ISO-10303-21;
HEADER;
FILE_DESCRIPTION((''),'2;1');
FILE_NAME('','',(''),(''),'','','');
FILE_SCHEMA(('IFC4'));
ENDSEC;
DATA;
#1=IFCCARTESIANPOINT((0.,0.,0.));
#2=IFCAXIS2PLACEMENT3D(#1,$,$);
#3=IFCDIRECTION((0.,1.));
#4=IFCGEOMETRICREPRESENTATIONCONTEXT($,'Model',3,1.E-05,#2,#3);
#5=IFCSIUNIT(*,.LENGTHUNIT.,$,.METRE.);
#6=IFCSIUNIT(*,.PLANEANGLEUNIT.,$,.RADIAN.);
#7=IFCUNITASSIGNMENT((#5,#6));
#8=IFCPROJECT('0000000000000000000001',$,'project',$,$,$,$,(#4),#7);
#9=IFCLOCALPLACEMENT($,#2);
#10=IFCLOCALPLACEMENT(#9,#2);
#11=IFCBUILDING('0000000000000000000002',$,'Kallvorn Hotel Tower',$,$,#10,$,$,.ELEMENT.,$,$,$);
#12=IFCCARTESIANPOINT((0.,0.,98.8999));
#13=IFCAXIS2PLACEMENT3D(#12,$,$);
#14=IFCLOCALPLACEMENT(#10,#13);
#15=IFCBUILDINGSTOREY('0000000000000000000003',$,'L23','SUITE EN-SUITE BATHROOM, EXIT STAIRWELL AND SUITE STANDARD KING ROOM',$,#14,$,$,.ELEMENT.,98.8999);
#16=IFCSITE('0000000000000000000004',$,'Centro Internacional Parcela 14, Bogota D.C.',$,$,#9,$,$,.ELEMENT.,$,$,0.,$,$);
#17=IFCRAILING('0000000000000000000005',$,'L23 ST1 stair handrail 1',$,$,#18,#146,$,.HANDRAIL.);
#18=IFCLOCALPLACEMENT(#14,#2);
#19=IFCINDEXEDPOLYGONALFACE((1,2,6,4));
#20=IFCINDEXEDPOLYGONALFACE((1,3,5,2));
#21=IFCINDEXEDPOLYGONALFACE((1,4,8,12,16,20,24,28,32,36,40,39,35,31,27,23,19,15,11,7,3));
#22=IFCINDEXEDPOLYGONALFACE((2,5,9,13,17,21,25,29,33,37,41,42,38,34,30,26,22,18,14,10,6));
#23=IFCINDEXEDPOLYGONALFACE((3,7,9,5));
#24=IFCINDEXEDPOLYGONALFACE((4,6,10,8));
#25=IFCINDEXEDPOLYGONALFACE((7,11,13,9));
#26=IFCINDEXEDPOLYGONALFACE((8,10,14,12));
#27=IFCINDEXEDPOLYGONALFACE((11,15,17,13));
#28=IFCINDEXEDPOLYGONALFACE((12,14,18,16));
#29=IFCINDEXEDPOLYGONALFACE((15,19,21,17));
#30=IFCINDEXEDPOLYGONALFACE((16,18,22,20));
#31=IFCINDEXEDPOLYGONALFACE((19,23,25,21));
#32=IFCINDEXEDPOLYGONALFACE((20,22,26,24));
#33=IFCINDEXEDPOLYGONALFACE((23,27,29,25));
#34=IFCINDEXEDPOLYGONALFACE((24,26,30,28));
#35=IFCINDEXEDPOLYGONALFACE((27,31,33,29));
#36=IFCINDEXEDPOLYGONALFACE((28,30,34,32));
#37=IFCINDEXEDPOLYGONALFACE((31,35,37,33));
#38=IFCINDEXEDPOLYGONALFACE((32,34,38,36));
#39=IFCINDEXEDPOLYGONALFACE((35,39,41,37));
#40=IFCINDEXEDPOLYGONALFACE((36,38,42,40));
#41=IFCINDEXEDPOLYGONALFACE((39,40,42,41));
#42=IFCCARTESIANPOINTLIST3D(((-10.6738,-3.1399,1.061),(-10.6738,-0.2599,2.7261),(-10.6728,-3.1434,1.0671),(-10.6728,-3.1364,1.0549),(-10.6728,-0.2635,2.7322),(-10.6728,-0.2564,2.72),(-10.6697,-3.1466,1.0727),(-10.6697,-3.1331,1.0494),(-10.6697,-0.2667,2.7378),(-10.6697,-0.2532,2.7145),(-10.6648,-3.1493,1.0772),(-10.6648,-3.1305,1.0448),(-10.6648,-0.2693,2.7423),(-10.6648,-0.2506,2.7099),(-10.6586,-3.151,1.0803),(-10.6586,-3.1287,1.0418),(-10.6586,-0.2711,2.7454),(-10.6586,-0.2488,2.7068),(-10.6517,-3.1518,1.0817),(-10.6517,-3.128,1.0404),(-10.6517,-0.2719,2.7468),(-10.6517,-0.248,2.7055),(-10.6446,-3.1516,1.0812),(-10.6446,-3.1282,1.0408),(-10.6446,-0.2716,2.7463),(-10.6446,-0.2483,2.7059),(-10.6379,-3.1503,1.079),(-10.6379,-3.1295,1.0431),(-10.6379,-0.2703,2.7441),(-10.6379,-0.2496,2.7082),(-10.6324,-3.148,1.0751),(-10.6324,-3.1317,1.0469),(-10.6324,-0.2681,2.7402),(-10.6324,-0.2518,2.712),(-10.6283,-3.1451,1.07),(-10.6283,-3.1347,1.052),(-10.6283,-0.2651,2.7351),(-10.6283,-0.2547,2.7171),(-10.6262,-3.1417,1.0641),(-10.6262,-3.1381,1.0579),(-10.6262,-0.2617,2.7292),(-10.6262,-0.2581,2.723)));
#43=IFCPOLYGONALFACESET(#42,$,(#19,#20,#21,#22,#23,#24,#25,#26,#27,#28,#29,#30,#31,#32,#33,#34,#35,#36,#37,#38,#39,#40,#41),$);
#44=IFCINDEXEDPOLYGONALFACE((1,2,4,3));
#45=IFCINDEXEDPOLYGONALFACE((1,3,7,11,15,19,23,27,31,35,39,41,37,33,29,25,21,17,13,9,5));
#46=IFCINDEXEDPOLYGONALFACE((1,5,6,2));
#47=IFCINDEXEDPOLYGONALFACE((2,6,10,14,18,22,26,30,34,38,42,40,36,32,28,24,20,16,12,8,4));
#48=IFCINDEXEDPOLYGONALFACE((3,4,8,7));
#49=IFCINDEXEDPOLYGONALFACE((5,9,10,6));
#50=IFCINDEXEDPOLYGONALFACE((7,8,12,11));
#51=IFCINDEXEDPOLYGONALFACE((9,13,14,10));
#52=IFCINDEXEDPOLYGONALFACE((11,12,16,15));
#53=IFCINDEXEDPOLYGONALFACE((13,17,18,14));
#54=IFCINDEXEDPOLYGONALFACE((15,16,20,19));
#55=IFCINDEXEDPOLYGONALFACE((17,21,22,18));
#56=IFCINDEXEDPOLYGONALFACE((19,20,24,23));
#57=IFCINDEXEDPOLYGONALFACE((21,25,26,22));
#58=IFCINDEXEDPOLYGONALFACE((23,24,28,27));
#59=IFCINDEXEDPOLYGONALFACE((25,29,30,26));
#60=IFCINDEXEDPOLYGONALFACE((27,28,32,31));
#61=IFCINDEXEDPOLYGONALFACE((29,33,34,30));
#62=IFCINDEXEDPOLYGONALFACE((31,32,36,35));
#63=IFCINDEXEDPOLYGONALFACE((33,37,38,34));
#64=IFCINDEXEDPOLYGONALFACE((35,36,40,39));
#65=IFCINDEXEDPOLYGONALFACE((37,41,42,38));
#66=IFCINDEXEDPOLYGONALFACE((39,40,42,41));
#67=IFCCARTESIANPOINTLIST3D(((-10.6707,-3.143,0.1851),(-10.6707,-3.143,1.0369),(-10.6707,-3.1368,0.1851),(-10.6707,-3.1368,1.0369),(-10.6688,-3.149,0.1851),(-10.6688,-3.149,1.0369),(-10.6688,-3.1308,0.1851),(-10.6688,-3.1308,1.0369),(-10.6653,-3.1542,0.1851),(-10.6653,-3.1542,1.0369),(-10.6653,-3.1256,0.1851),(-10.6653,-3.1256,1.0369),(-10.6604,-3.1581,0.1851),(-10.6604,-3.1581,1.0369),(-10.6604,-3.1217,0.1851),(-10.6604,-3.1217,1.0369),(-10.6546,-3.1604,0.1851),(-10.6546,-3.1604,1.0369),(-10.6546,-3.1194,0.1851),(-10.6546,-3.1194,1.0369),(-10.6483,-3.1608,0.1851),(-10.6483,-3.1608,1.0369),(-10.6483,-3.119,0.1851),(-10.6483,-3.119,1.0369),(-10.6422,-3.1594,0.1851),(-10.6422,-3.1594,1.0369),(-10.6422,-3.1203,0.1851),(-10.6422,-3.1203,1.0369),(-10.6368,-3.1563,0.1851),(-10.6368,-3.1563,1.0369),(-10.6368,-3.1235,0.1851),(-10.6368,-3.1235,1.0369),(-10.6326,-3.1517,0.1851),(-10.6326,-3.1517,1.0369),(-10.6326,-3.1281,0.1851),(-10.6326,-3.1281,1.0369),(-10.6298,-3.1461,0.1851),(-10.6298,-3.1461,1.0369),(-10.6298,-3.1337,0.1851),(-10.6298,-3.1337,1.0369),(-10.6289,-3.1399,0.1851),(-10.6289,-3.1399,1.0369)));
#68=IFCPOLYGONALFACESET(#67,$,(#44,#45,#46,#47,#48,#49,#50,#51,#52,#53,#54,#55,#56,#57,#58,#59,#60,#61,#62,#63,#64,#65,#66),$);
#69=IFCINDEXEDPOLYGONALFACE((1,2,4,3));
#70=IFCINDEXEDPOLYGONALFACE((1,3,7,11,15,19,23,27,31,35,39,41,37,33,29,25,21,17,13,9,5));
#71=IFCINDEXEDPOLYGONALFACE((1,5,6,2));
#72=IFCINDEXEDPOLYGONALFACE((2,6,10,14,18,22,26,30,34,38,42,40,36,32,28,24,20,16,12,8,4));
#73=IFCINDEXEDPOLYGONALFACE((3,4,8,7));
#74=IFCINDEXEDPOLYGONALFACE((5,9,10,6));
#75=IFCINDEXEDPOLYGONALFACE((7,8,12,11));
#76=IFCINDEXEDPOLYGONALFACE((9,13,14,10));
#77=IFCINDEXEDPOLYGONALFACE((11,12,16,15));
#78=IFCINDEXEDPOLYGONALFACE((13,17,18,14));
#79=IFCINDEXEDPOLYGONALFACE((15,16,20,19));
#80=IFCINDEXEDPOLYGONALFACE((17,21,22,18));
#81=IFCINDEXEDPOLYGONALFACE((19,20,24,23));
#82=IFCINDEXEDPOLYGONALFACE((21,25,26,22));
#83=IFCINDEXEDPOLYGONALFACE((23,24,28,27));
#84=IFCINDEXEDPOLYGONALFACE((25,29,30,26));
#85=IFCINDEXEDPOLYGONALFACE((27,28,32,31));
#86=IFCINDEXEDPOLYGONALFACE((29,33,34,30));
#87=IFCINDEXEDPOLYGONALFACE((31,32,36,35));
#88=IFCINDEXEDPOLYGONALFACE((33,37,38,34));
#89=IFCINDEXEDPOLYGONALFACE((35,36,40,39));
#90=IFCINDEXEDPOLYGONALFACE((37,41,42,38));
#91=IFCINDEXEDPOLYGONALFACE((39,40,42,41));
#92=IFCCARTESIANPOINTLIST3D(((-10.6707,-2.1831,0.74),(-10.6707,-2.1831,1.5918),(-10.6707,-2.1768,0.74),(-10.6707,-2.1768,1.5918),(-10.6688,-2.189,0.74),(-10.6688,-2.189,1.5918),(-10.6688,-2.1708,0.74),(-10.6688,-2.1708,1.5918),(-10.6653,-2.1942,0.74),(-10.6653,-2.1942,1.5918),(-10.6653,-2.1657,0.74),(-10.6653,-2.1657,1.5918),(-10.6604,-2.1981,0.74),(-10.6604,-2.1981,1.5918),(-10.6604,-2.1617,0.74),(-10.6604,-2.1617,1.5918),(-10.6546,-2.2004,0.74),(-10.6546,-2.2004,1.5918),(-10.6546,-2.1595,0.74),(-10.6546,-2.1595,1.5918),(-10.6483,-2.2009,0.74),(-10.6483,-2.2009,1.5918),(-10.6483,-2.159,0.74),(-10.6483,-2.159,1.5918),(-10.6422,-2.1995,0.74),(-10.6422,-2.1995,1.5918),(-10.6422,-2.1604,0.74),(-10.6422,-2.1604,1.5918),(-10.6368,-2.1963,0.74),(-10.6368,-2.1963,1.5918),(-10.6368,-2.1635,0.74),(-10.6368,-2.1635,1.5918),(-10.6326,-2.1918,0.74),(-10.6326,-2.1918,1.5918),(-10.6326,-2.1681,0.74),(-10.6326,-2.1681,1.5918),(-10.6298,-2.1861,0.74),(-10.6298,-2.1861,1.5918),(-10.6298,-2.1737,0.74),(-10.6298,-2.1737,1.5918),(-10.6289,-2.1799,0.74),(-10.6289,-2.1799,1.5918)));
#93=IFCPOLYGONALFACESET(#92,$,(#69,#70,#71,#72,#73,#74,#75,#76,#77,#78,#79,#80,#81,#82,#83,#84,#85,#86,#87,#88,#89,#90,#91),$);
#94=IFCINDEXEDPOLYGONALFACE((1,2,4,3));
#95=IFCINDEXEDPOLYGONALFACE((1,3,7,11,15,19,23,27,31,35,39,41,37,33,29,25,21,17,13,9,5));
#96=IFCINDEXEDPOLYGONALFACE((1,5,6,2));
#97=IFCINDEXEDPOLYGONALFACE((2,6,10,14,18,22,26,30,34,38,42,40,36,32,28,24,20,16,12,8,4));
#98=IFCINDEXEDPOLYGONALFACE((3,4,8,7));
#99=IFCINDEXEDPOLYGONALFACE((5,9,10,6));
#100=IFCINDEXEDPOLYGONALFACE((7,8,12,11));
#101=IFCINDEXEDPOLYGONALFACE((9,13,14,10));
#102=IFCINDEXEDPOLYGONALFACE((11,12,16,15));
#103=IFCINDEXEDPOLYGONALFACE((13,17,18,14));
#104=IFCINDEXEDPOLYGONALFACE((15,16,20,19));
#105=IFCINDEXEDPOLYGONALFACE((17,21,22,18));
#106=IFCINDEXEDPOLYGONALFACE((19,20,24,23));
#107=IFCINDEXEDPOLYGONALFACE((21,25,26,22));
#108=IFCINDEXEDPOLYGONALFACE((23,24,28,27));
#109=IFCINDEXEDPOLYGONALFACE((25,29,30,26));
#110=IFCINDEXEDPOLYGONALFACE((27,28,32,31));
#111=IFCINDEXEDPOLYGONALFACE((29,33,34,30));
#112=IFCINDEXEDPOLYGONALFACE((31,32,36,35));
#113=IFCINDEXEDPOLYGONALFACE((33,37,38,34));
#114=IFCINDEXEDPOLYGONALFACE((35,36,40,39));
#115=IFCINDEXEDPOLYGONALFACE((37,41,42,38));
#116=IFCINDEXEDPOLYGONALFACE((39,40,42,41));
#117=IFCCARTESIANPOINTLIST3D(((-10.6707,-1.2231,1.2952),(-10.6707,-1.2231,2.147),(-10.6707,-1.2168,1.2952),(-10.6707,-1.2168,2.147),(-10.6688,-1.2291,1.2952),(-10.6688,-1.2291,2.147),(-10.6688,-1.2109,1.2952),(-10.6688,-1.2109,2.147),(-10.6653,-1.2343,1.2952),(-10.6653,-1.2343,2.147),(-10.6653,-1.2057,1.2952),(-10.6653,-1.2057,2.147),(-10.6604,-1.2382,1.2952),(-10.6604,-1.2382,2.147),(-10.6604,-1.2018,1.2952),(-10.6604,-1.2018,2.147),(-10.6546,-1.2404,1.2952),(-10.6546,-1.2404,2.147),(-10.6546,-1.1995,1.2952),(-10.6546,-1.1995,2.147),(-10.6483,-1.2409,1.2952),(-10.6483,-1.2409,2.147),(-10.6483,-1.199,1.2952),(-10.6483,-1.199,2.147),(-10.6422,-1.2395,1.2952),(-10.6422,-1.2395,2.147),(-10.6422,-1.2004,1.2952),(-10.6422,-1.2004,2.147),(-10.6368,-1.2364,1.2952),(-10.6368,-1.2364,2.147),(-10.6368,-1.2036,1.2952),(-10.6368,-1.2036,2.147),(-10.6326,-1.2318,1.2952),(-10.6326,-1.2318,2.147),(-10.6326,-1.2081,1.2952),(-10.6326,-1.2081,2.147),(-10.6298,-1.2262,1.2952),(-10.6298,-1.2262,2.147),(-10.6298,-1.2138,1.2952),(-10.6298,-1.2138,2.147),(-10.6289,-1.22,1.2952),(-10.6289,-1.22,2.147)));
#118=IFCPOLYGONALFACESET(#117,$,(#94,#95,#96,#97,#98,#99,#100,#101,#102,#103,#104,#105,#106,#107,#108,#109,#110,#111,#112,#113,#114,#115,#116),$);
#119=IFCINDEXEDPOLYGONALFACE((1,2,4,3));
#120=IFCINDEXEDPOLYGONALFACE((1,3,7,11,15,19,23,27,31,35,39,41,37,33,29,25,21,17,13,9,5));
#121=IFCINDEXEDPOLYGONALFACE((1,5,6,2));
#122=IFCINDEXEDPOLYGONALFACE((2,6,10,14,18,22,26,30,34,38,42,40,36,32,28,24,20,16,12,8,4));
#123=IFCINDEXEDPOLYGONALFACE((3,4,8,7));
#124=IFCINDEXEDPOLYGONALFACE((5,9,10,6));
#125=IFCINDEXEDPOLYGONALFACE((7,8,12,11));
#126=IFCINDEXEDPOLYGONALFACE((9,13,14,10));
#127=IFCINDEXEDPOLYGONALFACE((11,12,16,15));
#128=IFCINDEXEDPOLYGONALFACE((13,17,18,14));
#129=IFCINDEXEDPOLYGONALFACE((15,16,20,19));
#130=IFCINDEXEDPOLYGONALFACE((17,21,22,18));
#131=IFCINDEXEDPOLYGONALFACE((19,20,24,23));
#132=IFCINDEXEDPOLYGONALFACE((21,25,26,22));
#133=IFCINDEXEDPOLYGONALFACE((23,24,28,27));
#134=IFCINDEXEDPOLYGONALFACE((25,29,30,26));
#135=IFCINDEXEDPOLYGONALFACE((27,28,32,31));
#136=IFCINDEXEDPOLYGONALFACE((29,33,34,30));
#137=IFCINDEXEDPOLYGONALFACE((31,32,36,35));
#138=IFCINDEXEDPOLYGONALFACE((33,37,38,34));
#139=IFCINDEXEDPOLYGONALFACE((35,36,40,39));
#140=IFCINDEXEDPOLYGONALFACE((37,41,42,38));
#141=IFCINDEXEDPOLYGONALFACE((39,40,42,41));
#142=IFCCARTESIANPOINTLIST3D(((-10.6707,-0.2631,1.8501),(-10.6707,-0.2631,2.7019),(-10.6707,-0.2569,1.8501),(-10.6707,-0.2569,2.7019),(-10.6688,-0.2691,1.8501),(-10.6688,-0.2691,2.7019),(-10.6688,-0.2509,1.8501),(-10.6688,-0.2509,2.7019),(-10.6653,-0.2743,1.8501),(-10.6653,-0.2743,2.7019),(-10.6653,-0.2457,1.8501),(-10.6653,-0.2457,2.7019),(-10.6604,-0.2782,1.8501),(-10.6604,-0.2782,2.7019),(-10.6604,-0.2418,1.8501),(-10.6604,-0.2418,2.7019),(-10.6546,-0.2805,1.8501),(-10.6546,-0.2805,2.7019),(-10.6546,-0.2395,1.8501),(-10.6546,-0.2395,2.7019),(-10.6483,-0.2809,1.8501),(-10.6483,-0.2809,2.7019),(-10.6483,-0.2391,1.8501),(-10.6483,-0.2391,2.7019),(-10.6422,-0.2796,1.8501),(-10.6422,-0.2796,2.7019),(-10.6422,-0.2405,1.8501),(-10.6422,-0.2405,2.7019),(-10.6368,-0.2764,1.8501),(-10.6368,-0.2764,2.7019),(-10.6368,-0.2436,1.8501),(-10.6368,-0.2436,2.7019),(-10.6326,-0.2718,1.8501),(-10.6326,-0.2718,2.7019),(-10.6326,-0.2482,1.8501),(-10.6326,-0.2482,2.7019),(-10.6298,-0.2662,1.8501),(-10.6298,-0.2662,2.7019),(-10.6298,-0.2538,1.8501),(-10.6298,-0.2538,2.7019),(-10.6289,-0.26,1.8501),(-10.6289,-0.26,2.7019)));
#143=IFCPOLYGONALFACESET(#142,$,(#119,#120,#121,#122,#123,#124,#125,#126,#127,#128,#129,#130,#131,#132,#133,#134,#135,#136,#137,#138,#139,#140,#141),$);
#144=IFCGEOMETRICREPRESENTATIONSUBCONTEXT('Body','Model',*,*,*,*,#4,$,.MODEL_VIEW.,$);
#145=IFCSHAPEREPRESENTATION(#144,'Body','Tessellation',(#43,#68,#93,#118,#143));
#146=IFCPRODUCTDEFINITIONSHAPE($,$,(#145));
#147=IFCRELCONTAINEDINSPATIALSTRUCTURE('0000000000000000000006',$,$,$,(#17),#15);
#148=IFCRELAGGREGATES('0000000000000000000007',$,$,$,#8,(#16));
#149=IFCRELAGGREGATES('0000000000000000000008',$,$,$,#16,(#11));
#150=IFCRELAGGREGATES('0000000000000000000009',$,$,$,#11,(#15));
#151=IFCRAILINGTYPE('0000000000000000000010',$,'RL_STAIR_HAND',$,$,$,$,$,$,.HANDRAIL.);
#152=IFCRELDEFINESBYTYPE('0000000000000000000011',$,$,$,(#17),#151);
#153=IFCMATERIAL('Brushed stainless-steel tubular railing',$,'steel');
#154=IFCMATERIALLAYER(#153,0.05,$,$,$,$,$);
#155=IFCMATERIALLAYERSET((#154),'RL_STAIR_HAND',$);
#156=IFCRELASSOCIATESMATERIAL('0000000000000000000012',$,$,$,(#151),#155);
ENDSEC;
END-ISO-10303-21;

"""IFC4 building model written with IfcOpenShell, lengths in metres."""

from ifc_helpers import new_model, si_unit, direction, frame, origin, origin_2d, place, context, subcontext, project, spatial, circle, extrude, material, layer, layer_set, type_object, element, save


model = new_model("IFC4")

# Units and contexts
model_context = context("Model", 3, precision=1e-05, world=origin(), true_north=direction((0.0, 1.0)))
body_context = subcontext(model_context, "Body", "Model", "MODEL_VIEW")
ifc_project = project(units=[si_unit("LENGTHUNIT", "METRE"), si_unit("PLANEANGLEUNIT", "RADIAN")], contexts=[model_context])

# Site, building, storey
site_placement = place(None, origin())
site = spatial("IfcSite", under=ifc_project, at=site_placement, Name="Centro Internacional Parcela 14, Bogota D.C.", CompositionType="ELEMENT", RefElevation=0.0)
building_placement = place(site_placement, origin())
building = spatial("IfcBuilding", under=site, at=building_placement, Name="Kallvorn Hotel Tower", CompositionType="ELEMENT")
storey_placement = place(building_placement, frame((0.0, 0.0, 98.8999)))
storey = spatial("IfcBuildingStorey", under=building, at=storey_placement, Name="L23", Description="SUITE EN-SUITE BATHROOM, EXIT STAIRWELL AND SUITE STANDARD KING ROOM", CompositionType="ELEMENT", Elevation=98.8999)

# Railing
ifc_material_1 = material(Name="Brushed stainless-steel tubular railing", Category="steel")
ifc_layer_1 = layer(ifc_material_1, 0.05)
ifc_layer_set_1 = layer_set([ifc_layer_1], Name="RL_STAIR_HAND")
railing_type_1 = type_object("IfcRailingType", Name="RL_STAIR_HAND", PredefinedType="HANDRAIL", material=ifc_layer_set_1)
railing_1_placement = place(storey_placement, frame((-10.6499, -3.1399, 0.1851)))
element("IfcRailing", 1, at=railing_1_placement, inside=storey, type_object=railing_type_1, Name="L23 ST1 stair handrail 1", PredefinedType="HANDRAIL", context=body_context, shape_type="SweptSolid", body=[
    extrude(circle(Radius=0.0239, at=origin_2d()), frame((0.0, 0.0, 0.876), z_axis=(0.0, 0.865721, 0.500527), x_axis=(-1.0, 0.0, 0.0)), (0.0, 0.0, 1.0), 3.3267),
    extrude(circle(Radius=0.021, at=origin_2d()), origin(), (0.0, 0.0, 1.0), 0.8518),
    extrude(circle(Radius=0.021, at=origin_2d()), frame((0.0, 0.96, 0.5549)), (0.0, 0.0, 1.0), 0.8518),
    extrude(circle(Radius=0.021, at=origin_2d()), frame((0.0, 1.9199, 1.1101)), (0.0, 0.0, 1.0), 0.8518),
    extrude(circle(Radius=0.021, at=origin_2d()), frame((0.0, 2.8799, 1.665)), (0.0, 0.0, 1.0), 0.8518),
])

save(model, "model.ifc")
